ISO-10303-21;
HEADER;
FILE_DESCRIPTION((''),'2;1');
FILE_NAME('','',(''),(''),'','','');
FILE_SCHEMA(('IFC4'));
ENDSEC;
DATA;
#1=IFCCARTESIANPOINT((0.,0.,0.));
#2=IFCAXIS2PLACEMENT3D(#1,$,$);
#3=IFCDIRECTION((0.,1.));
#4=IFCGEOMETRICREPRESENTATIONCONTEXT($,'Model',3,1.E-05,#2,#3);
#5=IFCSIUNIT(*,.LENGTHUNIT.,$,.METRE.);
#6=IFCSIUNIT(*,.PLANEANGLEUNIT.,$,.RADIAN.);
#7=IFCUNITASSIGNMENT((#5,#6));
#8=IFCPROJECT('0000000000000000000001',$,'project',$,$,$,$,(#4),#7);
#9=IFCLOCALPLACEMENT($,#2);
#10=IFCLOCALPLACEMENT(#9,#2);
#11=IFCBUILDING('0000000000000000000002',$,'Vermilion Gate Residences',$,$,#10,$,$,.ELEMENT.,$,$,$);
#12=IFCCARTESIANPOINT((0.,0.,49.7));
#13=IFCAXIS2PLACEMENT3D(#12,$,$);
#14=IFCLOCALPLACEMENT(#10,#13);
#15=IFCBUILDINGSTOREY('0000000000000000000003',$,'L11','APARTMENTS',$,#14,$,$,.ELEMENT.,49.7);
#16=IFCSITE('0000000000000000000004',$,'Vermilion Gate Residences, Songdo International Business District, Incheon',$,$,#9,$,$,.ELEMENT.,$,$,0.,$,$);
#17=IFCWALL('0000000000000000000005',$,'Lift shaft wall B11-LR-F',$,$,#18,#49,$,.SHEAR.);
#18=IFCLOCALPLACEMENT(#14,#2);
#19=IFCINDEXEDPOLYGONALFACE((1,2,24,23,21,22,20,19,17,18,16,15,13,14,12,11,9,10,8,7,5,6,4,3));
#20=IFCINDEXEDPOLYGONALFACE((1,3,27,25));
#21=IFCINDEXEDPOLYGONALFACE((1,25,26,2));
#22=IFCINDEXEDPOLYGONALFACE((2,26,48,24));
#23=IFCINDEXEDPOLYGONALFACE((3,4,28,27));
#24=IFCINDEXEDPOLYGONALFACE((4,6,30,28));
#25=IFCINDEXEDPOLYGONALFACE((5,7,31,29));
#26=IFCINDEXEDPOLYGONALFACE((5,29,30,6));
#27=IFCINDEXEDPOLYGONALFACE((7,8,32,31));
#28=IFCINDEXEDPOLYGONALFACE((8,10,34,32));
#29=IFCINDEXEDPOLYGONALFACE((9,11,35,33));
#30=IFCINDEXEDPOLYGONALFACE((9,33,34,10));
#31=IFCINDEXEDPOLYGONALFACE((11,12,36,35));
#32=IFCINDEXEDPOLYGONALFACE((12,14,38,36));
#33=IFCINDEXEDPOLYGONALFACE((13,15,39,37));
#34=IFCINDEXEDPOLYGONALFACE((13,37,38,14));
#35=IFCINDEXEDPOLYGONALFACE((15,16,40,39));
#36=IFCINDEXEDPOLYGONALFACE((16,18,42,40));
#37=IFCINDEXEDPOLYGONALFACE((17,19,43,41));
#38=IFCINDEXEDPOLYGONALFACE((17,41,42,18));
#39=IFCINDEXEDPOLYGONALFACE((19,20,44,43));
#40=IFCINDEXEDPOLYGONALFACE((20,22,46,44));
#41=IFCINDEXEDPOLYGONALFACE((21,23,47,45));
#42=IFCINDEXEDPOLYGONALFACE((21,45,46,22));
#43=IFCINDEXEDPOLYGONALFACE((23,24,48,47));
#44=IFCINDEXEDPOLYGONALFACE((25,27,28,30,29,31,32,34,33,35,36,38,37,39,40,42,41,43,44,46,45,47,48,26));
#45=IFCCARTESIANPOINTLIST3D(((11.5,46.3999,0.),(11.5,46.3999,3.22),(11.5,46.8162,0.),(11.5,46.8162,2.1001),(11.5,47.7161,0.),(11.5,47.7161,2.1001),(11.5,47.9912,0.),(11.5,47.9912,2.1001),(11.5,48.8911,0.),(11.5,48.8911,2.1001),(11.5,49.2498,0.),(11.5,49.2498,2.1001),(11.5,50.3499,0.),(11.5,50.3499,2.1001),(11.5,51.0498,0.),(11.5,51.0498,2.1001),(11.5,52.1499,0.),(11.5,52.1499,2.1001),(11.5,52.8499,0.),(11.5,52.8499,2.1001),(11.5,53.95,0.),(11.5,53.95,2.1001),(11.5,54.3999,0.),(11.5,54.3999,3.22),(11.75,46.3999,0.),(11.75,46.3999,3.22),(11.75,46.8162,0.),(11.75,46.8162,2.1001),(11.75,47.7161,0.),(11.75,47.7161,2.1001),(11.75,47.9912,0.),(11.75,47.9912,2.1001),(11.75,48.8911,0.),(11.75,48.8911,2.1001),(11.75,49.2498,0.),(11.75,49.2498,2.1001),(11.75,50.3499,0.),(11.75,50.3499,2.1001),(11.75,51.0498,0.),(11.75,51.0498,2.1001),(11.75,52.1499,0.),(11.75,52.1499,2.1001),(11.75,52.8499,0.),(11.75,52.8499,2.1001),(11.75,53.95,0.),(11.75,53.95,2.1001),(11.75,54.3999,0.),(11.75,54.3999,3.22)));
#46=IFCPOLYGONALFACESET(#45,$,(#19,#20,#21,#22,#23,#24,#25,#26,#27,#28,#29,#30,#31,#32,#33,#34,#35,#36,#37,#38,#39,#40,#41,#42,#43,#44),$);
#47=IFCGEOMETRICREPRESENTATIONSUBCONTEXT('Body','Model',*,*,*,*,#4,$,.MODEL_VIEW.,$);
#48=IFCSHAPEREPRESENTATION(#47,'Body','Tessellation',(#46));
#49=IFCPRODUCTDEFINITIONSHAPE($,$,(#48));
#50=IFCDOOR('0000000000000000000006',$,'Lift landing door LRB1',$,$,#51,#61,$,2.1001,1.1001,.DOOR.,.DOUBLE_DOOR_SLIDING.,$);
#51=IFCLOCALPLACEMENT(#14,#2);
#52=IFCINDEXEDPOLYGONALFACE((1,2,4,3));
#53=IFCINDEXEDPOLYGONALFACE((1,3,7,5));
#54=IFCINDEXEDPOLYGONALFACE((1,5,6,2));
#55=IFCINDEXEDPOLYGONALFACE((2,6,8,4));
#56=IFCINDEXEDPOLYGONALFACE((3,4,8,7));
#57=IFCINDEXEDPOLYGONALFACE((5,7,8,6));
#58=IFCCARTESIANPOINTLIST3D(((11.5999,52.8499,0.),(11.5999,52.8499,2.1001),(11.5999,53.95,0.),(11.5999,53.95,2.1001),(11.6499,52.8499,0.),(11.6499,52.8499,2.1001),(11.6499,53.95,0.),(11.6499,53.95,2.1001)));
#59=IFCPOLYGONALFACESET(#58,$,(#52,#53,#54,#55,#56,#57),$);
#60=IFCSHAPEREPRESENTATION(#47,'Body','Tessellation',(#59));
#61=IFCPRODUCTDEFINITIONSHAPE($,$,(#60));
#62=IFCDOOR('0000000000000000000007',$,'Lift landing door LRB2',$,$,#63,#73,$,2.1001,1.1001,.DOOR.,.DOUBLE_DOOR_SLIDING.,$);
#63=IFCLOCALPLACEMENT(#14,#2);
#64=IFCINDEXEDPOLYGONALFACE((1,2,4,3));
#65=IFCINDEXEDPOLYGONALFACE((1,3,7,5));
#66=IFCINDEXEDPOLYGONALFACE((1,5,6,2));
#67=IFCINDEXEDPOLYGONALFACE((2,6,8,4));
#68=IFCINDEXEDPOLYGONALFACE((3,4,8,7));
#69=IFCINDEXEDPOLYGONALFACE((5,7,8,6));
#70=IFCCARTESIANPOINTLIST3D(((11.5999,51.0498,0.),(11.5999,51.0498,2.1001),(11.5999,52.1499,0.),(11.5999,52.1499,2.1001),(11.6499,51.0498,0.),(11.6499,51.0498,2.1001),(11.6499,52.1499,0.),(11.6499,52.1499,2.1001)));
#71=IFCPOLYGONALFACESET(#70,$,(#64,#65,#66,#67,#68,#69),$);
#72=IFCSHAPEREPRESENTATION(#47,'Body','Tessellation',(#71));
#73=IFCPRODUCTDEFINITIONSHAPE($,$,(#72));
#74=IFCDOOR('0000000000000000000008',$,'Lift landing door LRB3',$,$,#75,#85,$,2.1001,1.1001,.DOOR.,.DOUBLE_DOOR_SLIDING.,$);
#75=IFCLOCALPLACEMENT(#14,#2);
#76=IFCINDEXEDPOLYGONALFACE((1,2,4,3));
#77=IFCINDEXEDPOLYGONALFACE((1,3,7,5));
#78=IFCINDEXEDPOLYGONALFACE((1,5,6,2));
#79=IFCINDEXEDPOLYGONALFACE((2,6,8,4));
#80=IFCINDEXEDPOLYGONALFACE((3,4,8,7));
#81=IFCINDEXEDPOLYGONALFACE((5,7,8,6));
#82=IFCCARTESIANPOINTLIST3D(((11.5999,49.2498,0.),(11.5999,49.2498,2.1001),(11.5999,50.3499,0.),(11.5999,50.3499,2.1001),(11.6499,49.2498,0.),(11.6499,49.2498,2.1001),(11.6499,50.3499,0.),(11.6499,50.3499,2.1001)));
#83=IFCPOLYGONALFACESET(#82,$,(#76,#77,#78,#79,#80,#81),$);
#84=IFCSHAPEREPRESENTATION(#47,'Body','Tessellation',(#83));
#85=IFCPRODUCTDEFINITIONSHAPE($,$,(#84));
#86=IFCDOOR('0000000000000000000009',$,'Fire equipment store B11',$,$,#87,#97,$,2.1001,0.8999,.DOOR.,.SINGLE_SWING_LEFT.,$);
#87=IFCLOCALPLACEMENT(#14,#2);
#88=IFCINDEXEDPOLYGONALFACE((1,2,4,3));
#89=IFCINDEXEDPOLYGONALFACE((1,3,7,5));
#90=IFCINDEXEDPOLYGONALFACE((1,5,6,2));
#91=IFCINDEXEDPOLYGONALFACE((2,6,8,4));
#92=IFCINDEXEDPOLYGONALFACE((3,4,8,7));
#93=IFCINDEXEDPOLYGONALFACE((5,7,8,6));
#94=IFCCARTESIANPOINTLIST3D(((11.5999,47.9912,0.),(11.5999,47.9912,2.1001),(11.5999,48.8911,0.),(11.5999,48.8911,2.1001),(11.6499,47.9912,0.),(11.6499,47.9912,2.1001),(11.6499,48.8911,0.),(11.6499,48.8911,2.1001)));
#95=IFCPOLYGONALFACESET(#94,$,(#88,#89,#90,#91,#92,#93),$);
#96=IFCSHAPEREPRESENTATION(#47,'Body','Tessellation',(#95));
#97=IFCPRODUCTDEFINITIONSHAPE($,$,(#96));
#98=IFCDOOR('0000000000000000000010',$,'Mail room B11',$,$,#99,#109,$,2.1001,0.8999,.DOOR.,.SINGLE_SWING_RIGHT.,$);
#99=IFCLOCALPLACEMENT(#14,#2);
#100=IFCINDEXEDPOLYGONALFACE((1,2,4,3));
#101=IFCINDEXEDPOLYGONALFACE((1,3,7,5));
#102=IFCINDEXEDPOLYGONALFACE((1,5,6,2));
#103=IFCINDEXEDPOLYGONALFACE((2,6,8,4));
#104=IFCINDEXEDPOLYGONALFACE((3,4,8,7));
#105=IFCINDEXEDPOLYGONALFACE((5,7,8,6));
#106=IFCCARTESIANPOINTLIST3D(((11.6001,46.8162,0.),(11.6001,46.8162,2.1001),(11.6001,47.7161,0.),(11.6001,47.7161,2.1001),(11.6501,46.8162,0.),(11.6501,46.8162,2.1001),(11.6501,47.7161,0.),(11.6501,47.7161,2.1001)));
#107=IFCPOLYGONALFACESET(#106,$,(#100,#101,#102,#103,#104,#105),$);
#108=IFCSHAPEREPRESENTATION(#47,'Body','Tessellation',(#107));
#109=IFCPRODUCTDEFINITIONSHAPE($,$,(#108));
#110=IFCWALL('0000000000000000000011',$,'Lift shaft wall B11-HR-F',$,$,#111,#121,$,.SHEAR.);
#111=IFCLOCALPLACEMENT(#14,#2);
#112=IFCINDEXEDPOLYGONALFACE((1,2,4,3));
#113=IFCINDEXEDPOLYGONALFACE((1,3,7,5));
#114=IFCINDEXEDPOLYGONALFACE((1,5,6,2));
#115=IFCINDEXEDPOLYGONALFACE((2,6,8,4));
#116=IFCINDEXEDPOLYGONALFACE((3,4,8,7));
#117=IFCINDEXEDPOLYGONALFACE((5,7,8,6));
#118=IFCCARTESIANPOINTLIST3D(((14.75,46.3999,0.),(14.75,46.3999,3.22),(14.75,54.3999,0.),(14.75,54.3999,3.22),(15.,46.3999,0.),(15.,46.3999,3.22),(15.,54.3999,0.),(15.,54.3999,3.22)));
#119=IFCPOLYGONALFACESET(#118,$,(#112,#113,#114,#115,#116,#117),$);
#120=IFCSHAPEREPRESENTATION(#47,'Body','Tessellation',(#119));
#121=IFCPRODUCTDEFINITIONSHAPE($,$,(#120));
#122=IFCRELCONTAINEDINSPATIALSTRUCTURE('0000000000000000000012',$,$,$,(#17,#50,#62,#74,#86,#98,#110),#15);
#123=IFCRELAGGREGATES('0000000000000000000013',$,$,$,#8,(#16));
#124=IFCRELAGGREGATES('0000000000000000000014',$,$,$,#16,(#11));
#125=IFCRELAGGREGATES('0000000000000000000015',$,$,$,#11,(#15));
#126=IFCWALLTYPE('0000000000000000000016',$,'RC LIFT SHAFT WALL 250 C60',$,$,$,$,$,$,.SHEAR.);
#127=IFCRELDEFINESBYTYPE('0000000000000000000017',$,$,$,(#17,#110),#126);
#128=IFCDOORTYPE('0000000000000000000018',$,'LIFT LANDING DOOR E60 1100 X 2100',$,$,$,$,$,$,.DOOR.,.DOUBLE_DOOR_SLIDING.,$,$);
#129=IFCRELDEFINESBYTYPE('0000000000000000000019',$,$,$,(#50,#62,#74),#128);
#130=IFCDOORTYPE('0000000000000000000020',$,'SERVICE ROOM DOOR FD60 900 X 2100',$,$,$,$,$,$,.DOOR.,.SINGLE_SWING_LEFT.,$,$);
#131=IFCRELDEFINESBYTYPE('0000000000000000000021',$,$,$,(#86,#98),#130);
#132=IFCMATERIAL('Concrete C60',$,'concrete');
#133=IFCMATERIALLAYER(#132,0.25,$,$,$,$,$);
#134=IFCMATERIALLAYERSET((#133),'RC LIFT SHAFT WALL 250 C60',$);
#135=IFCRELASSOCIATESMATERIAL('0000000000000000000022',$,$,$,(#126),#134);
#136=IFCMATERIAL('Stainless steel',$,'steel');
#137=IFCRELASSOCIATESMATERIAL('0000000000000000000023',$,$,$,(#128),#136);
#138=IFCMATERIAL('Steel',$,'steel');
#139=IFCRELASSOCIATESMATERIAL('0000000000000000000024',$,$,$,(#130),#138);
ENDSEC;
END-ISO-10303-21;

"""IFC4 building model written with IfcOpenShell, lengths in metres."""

from ifc_helpers import new_model, si_unit, direction, frame, frame_2d, origin, place, context, subcontext, project, spatial, rectangle, extrude, material, layer, layer_set, type_object, element, fill, save


model = new_model("IFC4")

# Units and contexts
model_context = context("Model", 3, precision=1e-05, world=origin(), true_north=direction((0.0, 1.0)))
body_context = subcontext(model_context, "Body", "Model", "MODEL_VIEW")
ifc_project = project(units=[si_unit("LENGTHUNIT", "METRE"), si_unit("PLANEANGLEUNIT", "RADIAN")], contexts=[model_context])

# Site, building, storey
site_placement = place(None, origin())
site = spatial("IfcSite", under=ifc_project, at=site_placement, Name="Vermilion Gate Residences, Songdo International Business District, Incheon", CompositionType="ELEMENT", RefElevation=0.0)
building_placement = place(site_placement, origin())
building = spatial("IfcBuilding", under=site, at=building_placement, Name="Vermilion Gate Residences", CompositionType="ELEMENT")
storey_placement = place(building_placement, frame((0.0, 0.0, 49.7)))
storey = spatial("IfcBuildingStorey", under=building, at=storey_placement, Name="L11", Description="APARTMENTS", CompositionType="ELEMENT", Elevation=49.7)

# Wall, openings, doors
ifc_material_1 = material(Name="Concrete C60", Category="concrete")
ifc_layer_1 = layer(ifc_material_1, 0.25)
ifc_layer_set_1 = layer_set([ifc_layer_1], Name="RC LIFT SHAFT WALL 250 C60")
wall_type_1 = type_object("IfcWallType", Name="RC LIFT SHAFT WALL 250 C60", PredefinedType="SHEAR", material=ifc_layer_set_1)
wall_1_placement = place(storey_placement, frame((11.625, 54.3999, 0.0), z_axis=(0.0, 0.0, 1.0), x_axis=(0.0, -1.0, 0.0)))
wall_1 = element("IfcWall", 1, at=wall_1_placement, inside=storey, type_object=wall_type_1, Name="Lift shaft wall B11-LR-F", PredefinedType="SHEAR", context=body_context, shape_type="SweptSolid", body=[
    extrude(rectangle(XDim=8.0, YDim=0.25, at=frame_2d((4.0, 0.0))), origin(), (0.0, 0.0, 1.0), 3.22),
])
opening_1_placement = place(wall_1_placement, frame((0.45, 0.0, 0.0)))
opening_1 = element("IfcOpeningElement", 2, at=opening_1_placement, cuts=wall_1, PredefinedType="OPENING", context=body_context, shape_type="SweptSolid", body=[
    extrude(rectangle(XDim=1.1001, YDim=2.1001, at=frame_2d((0.55, 1.05))), frame((0.0, 0.135, 0.0), z_axis=(0.0, -1.0, 0.0), x_axis=(1.0, 0.0, 0.0)), (0.0, 0.0, 1.0), 0.27),
])
opening_2_placement = place(wall_1_placement, frame((2.25, 0.0, 0.0)))
opening_2 = element("IfcOpeningElement", 3, at=opening_2_placement, cuts=wall_1, PredefinedType="OPENING", context=body_context, shape_type="SweptSolid", body=[
    extrude(rectangle(XDim=1.1001, YDim=2.1001, at=frame_2d((0.55, 1.05))), frame((0.0, 0.135, 0.0), z_axis=(0.0, -1.0, 0.0), x_axis=(1.0, 0.0, 0.0)), (0.0, 0.0, 1.0), 0.27),
])
opening_3_placement = place(wall_1_placement, frame((4.05, 0.0, 0.0)))
opening_3 = element("IfcOpeningElement", 4, at=opening_3_placement, cuts=wall_1, PredefinedType="OPENING", context=body_context, shape_type="SweptSolid", body=[
    extrude(rectangle(XDim=1.1001, YDim=2.1001, at=frame_2d((0.55, 1.05))), frame((0.0, 0.135, 0.0), z_axis=(0.0, -1.0, 0.0), x_axis=(1.0, 0.0, 0.0)), (0.0, 0.0, 1.0), 0.27),
])
opening_4_placement = place(wall_1_placement, frame((5.5088, 0.0, 0.0)))
opening_4 = element("IfcOpeningElement", 5, at=opening_4_placement, cuts=wall_1, PredefinedType="OPENING", context=body_context, shape_type="SweptSolid", body=[
    extrude(rectangle(XDim=0.8999, YDim=2.1001, at=frame_2d((0.45, 1.05))), frame((0.0, 0.135, 0.0), z_axis=(0.0, -1.0, 0.0), x_axis=(1.0, 0.0, 0.0)), (0.0, 0.0, 1.0), 0.27),
])
opening_5_placement = place(wall_1_placement, frame((6.6838, 0.0, 0.0)))
opening_5 = element("IfcOpeningElement", 6, at=opening_5_placement, cuts=wall_1, PredefinedType="OPENING", context=body_context, shape_type="SweptSolid", body=[
    extrude(rectangle(XDim=0.8999, YDim=2.1001, at=frame_2d((0.45, 1.05))), frame((0.0, 0.135, 0.0), z_axis=(0.0, -1.0, 0.0), x_axis=(1.0, 0.0, 0.0)), (0.0, 0.0, 1.0), 0.27),
])
ifc_material_2 = material(Name="Stainless steel", Category="steel")
door_type_1 = type_object("IfcDoorType", Name="LIFT LANDING DOOR E60 1100 X 2100", OperationType="DOUBLE_DOOR_SLIDING", PredefinedType="DOOR", material=ifc_material_2)
door_1_placement = place(opening_1_placement, origin())
door_1 = element("IfcDoor", 7, at=door_1_placement, inside=storey, type_object=door_type_1, Name="Lift landing door LRB1", OperationType="DOUBLE_DOOR_SLIDING", OverallHeight=2.1001, OverallWidth=1.1001, PredefinedType="DOOR", context=body_context, shape_type="SweptSolid", body=[
    extrude(rectangle(XDim=1.1001, YDim=2.1001, at=frame_2d((0.55, 1.05))), frame((0.0, 0.0249, 0.0), z_axis=(0.0, -1.0, 0.0), x_axis=(1.0, 0.0, 0.0)), (0.0, 0.0, 1.0), 0.05),
])
fill(opening_1, door_1)
door_2_placement = place(opening_2_placement, origin())
door_2 = element("IfcDoor", 8, at=door_2_placement, inside=storey, type_object=door_type_1, Name="Lift landing door LRB2", OperationType="DOUBLE_DOOR_SLIDING", OverallHeight=2.1001, OverallWidth=1.1001, PredefinedType="DOOR", context=body_context, shape_type="SweptSolid", body=[
    extrude(rectangle(XDim=1.1001, YDim=2.1001, at=frame_2d((0.55, 1.05))), frame((0.0, 0.0249, 0.0), z_axis=(0.0, -1.0, 0.0), x_axis=(1.0, 0.0, 0.0)), (0.0, 0.0, 1.0), 0.05),
])
fill(opening_2, door_2)
door_3_placement = place(opening_3_placement, origin())
door_3 = element("IfcDoor", 9, at=door_3_placement, inside=storey, type_object=door_type_1, Name="Lift landing door LRB3", OperationType="DOUBLE_DOOR_SLIDING", OverallHeight=2.1001, OverallWidth=1.1001, PredefinedType="DOOR", context=body_context, shape_type="SweptSolid", body=[
    extrude(rectangle(XDim=1.1001, YDim=2.1001, at=frame_2d((0.55, 1.05))), frame((0.0, 0.0249, 0.0), z_axis=(0.0, -1.0, 0.0), x_axis=(1.0, 0.0, 0.0)), (0.0, 0.0, 1.0), 0.05),
])
fill(opening_3, door_3)
ifc_material_3 = material(Name="Steel", Category="steel")
door_type_2 = type_object("IfcDoorType", Name="SERVICE ROOM DOOR FD60 900 X 2100", OperationType="SINGLE_SWING_LEFT", PredefinedType="DOOR", material=ifc_material_3)
door_4_placement = place(opening_4_placement, origin())
door_4 = element("IfcDoor", 10, at=door_4_placement, inside=storey, type_object=door_type_2, Name="Fire equipment store B11", OperationType="SINGLE_SWING_LEFT", OverallHeight=2.1001, OverallWidth=0.8999, PredefinedType="DOOR", context=body_context, shape_type="SweptSolid", body=[
    extrude(rectangle(XDim=0.8999, YDim=2.1001, at=frame_2d((0.45, 1.05))), frame((0.0, 0.0249, 0.0), z_axis=(0.0, -1.0, 0.0), x_axis=(1.0, 0.0, 0.0)), (0.0, 0.0, 1.0), 0.05),
])
fill(opening_4, door_4)
door_5_placement = place(opening_5_placement, frame((0.8999, 0.0, 0.0), z_axis=(0.0, 0.0, 1.0), x_axis=(-1.0, 0.0, 0.0)))
door_5 = element("IfcDoor", 11, at=door_5_placement, inside=storey, type_object=door_type_2, Name="Mail room B11", OperationType="SINGLE_SWING_RIGHT", OverallHeight=2.1001, OverallWidth=0.8999, PredefinedType="DOOR", context=body_context, shape_type="SweptSolid", body=[
    extrude(rectangle(XDim=0.8999, YDim=2.1001, at=frame_2d((0.45, 1.05))), frame((0.0, 0.0249, 0.0), z_axis=(0.0, -1.0, 0.0), x_axis=(1.0, 0.0, 0.0)), (0.0, 0.0, 1.0), 0.05),
])
fill(opening_5, door_5)

# Wall
wall_2_placement = place(storey_placement, frame((14.875, 54.3999, 0.0), z_axis=(0.0, 0.0, 1.0), x_axis=(0.0, -1.0, 0.0)))
element("IfcWall", 12, at=wall_2_placement, inside=storey, type_object=wall_type_1, Name="Lift shaft wall B11-HR-F", PredefinedType="SHEAR", context=body_context, shape_type="SweptSolid", body=[
    extrude(rectangle(XDim=8.0, YDim=0.25, at=frame_2d((4.0, 0.0))), origin(), (0.0, 0.0, 1.0), 3.22),
])

save(model, "model.ifc")
